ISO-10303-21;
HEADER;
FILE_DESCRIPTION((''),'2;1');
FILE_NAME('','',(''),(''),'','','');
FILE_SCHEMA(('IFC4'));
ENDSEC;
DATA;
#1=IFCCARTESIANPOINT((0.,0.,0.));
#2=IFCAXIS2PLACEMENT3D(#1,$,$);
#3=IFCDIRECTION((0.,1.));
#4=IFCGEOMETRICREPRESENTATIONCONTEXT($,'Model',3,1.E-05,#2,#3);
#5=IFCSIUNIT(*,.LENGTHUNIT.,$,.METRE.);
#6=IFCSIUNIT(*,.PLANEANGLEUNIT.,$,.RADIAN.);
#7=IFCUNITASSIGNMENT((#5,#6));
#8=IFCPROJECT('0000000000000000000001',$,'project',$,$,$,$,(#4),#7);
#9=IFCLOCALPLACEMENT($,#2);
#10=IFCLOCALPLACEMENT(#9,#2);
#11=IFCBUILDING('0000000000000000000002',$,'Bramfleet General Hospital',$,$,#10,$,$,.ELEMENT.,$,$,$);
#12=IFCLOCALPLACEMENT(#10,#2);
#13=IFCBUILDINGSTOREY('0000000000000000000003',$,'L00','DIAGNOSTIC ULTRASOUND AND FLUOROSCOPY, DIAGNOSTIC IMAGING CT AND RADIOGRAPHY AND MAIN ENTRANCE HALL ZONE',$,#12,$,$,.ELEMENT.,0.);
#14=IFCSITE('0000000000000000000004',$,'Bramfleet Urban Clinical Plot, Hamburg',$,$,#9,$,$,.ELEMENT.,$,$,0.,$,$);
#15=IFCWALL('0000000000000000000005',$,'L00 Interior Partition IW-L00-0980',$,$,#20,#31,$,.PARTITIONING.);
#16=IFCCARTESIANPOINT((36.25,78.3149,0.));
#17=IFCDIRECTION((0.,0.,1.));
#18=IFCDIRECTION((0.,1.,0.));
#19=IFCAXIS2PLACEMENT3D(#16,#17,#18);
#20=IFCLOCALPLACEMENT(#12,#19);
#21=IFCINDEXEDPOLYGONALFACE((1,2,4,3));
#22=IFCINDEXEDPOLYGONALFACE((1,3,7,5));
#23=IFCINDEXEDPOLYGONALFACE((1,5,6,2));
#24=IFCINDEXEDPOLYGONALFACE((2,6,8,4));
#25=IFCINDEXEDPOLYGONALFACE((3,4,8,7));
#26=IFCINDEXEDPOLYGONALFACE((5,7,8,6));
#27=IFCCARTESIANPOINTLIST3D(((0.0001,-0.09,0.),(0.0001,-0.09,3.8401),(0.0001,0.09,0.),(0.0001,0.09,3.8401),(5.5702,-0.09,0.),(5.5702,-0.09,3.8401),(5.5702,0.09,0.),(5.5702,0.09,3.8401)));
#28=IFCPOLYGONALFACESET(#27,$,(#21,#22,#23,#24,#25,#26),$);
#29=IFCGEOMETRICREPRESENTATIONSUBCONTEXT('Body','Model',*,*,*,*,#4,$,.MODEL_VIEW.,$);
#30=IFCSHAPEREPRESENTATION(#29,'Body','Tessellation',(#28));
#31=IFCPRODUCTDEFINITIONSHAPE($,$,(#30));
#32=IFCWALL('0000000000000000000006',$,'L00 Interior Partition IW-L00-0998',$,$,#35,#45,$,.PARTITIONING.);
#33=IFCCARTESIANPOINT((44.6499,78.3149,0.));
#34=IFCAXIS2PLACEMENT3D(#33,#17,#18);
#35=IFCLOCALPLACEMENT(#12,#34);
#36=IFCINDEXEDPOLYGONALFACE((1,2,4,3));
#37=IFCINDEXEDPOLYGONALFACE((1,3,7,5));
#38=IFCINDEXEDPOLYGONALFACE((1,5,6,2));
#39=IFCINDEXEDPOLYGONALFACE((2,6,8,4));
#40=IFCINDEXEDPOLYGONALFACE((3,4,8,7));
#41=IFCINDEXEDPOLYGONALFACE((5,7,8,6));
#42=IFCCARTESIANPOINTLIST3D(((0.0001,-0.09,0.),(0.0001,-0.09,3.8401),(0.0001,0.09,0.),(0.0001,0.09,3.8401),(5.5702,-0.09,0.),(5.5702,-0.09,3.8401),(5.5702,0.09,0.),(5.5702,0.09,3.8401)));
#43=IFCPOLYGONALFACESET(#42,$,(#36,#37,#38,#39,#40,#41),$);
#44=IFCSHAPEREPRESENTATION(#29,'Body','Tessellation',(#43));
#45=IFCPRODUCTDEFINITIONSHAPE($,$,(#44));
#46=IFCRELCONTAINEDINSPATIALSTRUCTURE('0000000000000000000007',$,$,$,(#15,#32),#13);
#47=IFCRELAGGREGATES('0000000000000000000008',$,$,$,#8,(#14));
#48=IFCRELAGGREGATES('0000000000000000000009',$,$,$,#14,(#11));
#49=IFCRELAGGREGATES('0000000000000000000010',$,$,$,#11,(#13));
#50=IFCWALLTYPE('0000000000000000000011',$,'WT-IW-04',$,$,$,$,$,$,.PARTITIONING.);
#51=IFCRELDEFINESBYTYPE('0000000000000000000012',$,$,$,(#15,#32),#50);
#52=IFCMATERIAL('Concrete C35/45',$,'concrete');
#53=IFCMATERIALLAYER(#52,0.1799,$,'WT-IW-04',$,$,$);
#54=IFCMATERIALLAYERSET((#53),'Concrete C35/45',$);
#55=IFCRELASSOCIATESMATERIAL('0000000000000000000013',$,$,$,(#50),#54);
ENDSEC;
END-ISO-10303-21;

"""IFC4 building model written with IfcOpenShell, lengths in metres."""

from ifc_helpers import new_model, si_unit, direction, frame, frame_2d, origin, place, context, subcontext, project, spatial, rectangle, extrude, material, layer, layer_set, type_object, element, save


model = new_model("IFC4")

# Units and contexts
model_context = context("Model", 3, precision=1e-05, world=origin(), true_north=direction((0.0, 1.0)))
body_context = subcontext(model_context, "Body", "Model", "MODEL_VIEW")
ifc_project = project(units=[si_unit("LENGTHUNIT", "METRE"), si_unit("PLANEANGLEUNIT", "RADIAN")], contexts=[model_context])

# Site, building, storey
site_placement = place(None, origin())
site = spatial("IfcSite", under=ifc_project, at=site_placement, Name="Bramfleet Urban Clinical Plot, Hamburg", CompositionType="ELEMENT", RefElevation=0.0)
building_placement = place(site_placement, origin())
building = spatial("IfcBuilding", under=site, at=building_placement, Name="Bramfleet General Hospital", CompositionType="ELEMENT")
storey_placement = place(building_placement, origin())
storey = spatial("IfcBuildingStorey", under=building, at=storey_placement, Name="L00", Description="DIAGNOSTIC ULTRASOUND AND FLUOROSCOPY, DIAGNOSTIC IMAGING CT AND RADIOGRAPHY AND MAIN ENTRANCE HALL ZONE", CompositionType="ELEMENT", Elevation=0.0)

# Shared definitions
ifc_material_1 = material(Name="Concrete C35/45", Category="concrete")

# Shared definitions
ifc_layer = layer(ifc_material_1, 0.1799, Name="WT-IW-04")
ifc_layer_set = layer_set([ifc_layer], Name="Concrete C35/45")
wall_type = type_object("IfcWallType", Name="WT-IW-04", PredefinedType="PARTITIONING", material=ifc_layer_set)

# Walls
wall_1_placement = place(storey_placement, frame((36.25, 78.3149, 0.0), z_axis=(0.0, 0.0, 1.0), x_axis=(0.0, 1.0, 0.0)))
element("IfcWall", 1, at=wall_1_placement, inside=storey, type_object=wall_type, Name="L00 Interior Partition IW-L00-0980", PredefinedType="PARTITIONING", context=body_context, shape_type="SweptSolid", body=[
    extrude(rectangle(XDim=5.5701, YDim=0.1799, at=frame_2d((2.7852, 0.0))), origin(), (0.0, 0.0, 1.0), 3.8401),
])
wall_2_placement = place(storey_placement, frame((44.6499, 78.3149, 0.0), z_axis=(0.0, 0.0, 1.0), x_axis=(0.0, 1.0, 0.0)))
element("IfcWall", 2, at=wall_2_placement, inside=storey, type_object=wall_type, Name="L00 Interior Partition IW-L00-0998", PredefinedType="PARTITIONING", context=body_context, shape_type="SweptSolid", body=[
    extrude(rectangle(XDim=5.5701, YDim=0.1799, at=frame_2d((2.7852, 0.0))), origin(), (0.0, 0.0, 1.0), 3.8401),
])

save(model, "model.ifc")
